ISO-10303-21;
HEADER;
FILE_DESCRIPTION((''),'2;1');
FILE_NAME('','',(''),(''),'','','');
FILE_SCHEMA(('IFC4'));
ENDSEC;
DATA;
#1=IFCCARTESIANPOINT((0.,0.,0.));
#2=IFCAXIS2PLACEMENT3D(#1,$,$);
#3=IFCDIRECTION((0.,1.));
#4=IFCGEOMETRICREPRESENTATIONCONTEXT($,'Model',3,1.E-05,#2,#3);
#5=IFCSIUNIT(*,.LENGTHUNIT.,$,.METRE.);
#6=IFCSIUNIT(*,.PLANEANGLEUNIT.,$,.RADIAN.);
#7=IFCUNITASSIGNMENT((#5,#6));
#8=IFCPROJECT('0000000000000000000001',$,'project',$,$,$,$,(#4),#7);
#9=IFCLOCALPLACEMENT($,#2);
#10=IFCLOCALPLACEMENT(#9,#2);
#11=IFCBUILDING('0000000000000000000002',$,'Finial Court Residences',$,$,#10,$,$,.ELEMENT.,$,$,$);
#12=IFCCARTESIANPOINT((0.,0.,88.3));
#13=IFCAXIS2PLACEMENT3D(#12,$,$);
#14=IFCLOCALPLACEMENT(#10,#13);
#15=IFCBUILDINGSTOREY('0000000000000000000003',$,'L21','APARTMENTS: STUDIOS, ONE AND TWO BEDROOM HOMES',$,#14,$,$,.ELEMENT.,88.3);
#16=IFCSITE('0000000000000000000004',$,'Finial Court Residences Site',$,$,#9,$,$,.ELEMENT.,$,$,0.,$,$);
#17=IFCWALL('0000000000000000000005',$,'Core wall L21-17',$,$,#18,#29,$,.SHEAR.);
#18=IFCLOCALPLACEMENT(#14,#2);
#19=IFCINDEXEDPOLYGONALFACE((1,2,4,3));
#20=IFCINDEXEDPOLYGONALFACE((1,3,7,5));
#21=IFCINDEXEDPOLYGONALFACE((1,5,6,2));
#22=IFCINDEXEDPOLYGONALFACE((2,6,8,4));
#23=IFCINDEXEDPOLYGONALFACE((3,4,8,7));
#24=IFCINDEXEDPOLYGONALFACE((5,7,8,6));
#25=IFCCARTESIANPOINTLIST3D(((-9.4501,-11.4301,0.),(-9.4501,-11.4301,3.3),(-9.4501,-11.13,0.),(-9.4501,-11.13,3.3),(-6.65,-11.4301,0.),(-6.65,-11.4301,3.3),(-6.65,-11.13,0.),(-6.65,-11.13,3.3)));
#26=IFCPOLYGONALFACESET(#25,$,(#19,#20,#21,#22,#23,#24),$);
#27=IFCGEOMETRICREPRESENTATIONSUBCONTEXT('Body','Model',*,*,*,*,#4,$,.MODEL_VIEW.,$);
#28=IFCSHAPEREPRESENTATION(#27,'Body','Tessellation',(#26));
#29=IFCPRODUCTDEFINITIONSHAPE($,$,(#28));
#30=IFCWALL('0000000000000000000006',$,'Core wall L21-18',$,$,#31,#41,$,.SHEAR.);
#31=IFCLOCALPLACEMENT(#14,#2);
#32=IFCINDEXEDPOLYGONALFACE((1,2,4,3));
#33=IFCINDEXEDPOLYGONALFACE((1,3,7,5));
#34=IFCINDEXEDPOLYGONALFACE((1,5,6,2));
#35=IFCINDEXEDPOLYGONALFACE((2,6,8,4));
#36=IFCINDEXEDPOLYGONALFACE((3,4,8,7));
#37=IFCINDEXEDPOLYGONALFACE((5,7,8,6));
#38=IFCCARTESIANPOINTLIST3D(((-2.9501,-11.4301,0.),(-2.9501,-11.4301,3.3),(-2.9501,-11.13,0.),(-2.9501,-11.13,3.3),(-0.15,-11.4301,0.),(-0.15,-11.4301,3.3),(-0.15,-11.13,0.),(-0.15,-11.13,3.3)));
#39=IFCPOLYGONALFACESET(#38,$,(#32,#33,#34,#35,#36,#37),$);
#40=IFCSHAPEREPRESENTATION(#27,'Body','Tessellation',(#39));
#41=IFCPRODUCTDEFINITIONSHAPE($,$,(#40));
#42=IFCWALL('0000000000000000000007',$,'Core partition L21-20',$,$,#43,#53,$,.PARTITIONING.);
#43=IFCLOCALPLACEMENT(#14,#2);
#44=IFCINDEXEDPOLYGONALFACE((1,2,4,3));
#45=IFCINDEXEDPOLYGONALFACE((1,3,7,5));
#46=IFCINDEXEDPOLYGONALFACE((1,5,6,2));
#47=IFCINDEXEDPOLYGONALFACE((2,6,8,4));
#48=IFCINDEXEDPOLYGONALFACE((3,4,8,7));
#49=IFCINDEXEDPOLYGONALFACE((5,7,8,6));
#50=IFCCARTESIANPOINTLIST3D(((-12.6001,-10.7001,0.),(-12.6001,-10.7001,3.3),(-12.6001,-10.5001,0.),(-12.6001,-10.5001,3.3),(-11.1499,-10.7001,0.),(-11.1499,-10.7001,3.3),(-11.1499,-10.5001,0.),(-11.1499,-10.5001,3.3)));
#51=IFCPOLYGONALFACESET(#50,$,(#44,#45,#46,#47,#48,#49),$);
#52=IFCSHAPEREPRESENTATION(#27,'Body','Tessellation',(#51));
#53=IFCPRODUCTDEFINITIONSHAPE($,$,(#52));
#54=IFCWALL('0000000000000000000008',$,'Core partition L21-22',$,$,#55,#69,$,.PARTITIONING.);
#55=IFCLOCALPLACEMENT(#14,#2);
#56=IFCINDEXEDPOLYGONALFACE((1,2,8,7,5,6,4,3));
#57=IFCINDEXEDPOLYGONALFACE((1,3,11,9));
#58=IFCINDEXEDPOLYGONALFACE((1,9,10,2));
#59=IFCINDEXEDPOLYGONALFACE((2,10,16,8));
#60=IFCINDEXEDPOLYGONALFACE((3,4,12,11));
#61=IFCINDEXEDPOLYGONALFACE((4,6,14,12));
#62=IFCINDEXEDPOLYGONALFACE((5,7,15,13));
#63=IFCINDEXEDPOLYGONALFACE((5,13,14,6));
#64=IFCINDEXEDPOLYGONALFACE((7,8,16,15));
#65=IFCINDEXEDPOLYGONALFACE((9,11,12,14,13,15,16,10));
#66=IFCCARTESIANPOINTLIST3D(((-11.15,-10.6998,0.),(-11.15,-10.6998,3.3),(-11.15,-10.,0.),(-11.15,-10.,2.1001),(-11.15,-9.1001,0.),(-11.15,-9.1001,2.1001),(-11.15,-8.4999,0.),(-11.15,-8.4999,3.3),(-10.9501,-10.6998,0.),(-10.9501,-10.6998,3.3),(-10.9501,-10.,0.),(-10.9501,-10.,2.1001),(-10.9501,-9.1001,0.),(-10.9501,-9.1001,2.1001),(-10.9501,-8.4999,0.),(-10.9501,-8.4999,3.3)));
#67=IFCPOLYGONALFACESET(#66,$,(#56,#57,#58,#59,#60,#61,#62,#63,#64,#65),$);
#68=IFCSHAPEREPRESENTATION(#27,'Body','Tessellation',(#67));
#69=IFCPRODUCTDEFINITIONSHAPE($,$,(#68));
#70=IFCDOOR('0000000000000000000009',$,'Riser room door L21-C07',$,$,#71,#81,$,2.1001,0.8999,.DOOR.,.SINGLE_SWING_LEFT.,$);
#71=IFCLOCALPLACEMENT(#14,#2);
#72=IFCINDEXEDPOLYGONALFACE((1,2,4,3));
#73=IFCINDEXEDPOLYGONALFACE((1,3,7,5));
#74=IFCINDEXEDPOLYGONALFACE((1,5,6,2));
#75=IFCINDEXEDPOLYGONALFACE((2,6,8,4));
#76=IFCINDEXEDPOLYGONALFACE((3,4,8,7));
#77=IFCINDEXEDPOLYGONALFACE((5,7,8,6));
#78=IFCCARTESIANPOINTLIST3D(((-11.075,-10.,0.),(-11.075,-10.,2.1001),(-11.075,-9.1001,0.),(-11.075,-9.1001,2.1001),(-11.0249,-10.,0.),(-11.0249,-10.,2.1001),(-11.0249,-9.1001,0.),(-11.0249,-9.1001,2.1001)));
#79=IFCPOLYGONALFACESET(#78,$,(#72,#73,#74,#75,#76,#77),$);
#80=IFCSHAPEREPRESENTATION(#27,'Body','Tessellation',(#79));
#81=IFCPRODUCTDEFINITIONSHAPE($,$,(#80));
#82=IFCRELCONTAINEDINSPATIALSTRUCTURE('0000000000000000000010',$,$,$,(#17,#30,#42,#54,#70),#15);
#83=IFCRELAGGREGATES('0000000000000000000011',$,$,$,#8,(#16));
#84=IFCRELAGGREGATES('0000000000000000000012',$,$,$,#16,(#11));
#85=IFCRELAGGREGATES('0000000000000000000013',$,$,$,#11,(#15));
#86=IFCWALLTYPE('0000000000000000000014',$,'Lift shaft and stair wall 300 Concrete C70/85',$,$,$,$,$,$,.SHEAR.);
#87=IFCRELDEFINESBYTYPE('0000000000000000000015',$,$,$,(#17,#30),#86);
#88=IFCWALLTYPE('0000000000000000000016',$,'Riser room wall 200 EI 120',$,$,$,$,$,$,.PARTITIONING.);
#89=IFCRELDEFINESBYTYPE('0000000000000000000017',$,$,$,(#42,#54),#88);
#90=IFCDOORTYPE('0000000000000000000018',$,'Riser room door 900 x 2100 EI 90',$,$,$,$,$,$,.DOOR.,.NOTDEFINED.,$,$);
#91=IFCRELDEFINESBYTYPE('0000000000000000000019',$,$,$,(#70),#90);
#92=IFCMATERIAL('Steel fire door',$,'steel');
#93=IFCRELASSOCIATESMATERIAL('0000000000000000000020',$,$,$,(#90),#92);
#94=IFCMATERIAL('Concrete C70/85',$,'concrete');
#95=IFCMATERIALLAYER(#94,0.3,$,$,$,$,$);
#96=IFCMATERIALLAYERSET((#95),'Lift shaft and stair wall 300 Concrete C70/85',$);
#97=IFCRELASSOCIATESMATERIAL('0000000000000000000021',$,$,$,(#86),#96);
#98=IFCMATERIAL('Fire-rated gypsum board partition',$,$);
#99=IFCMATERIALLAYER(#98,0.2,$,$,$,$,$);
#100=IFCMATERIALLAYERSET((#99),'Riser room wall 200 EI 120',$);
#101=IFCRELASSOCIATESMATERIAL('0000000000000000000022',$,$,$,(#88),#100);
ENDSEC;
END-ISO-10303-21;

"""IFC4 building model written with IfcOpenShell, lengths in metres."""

from ifc_helpers import new_model, si_unit, direction, frame, frame_2d, origin, place, context, subcontext, project, spatial, rectangle, extrude, material, layer, layer_set, type_object, element, fill, save


model = new_model("IFC4")

# Units and contexts
model_context = context("Model", 3, precision=1e-05, world=origin(), true_north=direction((0.0, 1.0)))
body_context = subcontext(model_context, "Body", "Model", "MODEL_VIEW")
ifc_project = project(units=[si_unit("LENGTHUNIT", "METRE"), si_unit("PLANEANGLEUNIT", "RADIAN")], contexts=[model_context])

# Site, building, storey
site_placement = place(None, origin())
site = spatial("IfcSite", under=ifc_project, at=site_placement, Name="Finial Court Residences Site", CompositionType="ELEMENT", RefElevation=0.0)
building_placement = place(site_placement, origin())
building = spatial("IfcBuilding", under=site, at=building_placement, Name="Finial Court Residences", CompositionType="ELEMENT")
storey_placement = place(building_placement, frame((0.0, 0.0, 88.3)))
storey = spatial("IfcBuildingStorey", under=building, at=storey_placement, Name="L21", Description="APARTMENTS: STUDIOS, ONE AND TWO BEDROOM HOMES", CompositionType="ELEMENT", Elevation=88.3)

# Shared definitions
ifc_material_1 = material(Name="Concrete C70/85", Category="concrete")

# Shared definitions
ifc_material_2 = material(Name="Steel fire door", Category="steel")
door_type_1 = type_object("IfcDoorType", Name="Riser room door 900 x 2100 EI 90", OperationType="NOTDEFINED", PredefinedType="DOOR", material=ifc_material_2)

# Walls
ifc_layer_1 = layer(ifc_material_1, 0.3)
ifc_layer_set_1 = layer_set([ifc_layer_1], Name="Lift shaft and stair wall 300 Concrete C70/85")
wall_type_1 = type_object("IfcWallType", Name="Lift shaft and stair wall 300 Concrete C70/85", PredefinedType="SHEAR", material=ifc_layer_set_1)
for number, where, z_axis, x_axis, name in (
    (1, (-9.45, -11.28, 0.0), (0.0, 0.0, 1.0), (1.0, 0.0, 0.0), "Core wall L21-17"),
    (2, (-2.95, -11.28, 0.0), (0.0, 0.0, 1.0), (1.0, 0.0, 0.0), "Core wall L21-18"),
):
    element("IfcWall", number, at=place(storey_placement, frame(where, z_axis=z_axis, x_axis=x_axis)), inside=storey, type_object=wall_type_1, Name=name, PredefinedType="SHEAR", context=body_context, shape_type="SweptSolid", body=[
        extrude(rectangle(XDim=2.8, YDim=0.3, at=frame_2d((1.3999, 0.0))), origin(), (0.0, 0.0, 1.0), 3.3),
    ])
ifc_material_3 = material(Name="Fire-rated gypsum board partition")
ifc_layer_2 = layer(ifc_material_3, 0.2)
ifc_layer_set_2 = layer_set([ifc_layer_2], Name="Riser room wall 200 EI 120")
wall_type_2 = type_object("IfcWallType", Name="Riser room wall 200 EI 120", PredefinedType="PARTITIONING", material=ifc_layer_set_2)
wall_1_placement = place(storey_placement, frame((-12.6001, -10.6001, 0.0), z_axis=(0.0, 0.0, 1.0), x_axis=(1.0, 0.0, 0.0)))
element("IfcWall", 3, at=wall_1_placement, inside=storey, type_object=wall_type_2, Name="Core partition L21-20", PredefinedType="PARTITIONING", context=body_context, shape_type="SweptSolid", body=[
    extrude(rectangle(XDim=1.4502, YDim=0.2, at=frame_2d((0.7251, 0.0))), origin(), (0.0, 0.0, 1.0), 3.3),
])

# Wall, opening, door
wall_2_placement = place(storey_placement, frame((-11.05, -10.7, 0.0), z_axis=(0.0, 0.0, 1.0), x_axis=(0.0, 1.0, 0.0)))
wall_2 = element("IfcWall", 4, at=wall_2_placement, inside=storey, type_object=wall_type_2, Name="Core partition L21-22", PredefinedType="PARTITIONING", context=body_context, shape_type="SweptSolid", body=[
    extrude(rectangle(XDim=2.2, YDim=0.2, at=frame_2d((1.1001, 0.0))), origin(), (0.0, 0.0, 1.0), 3.3),
])
opening_1_placement = place(wall_2_placement, frame((0.7, 0.0, 0.0)))
opening_1 = element("IfcOpeningElement", 5, at=opening_1_placement, cuts=wall_2, PredefinedType="OPENING", context=body_context, shape_type="SweptSolid", body=[
    extrude(rectangle(XDim=0.8999, YDim=2.1001, at=frame_2d((0.45, 1.05))), frame((0.0, 0.1099, 0.0), z_axis=(0.0, -1.0, 0.0), x_axis=(1.0, 0.0, 0.0)), (0.0, 0.0, 1.0), 0.22),
])
door_1_placement = place(opening_1_placement, origin())
door_1 = element("IfcDoor", 6, at=door_1_placement, inside=storey, type_object=door_type_1, Name="Riser room door L21-C07", OperationType="SINGLE_SWING_LEFT", OverallHeight=2.1001, OverallWidth=0.8999, PredefinedType="DOOR", context=body_context, shape_type="SweptSolid", body=[
    extrude(rectangle(XDim=0.8999, YDim=2.1001, at=frame_2d((0.45, 1.05))), frame((0.0, 0.0249, 0.0), z_axis=(0.0, -1.0, 0.0), x_axis=(1.0, 0.0, 0.0)), (0.0, 0.0, 1.0), 0.05),
])
fill(opening_1, door_1)

save(model, "model.ifc")
